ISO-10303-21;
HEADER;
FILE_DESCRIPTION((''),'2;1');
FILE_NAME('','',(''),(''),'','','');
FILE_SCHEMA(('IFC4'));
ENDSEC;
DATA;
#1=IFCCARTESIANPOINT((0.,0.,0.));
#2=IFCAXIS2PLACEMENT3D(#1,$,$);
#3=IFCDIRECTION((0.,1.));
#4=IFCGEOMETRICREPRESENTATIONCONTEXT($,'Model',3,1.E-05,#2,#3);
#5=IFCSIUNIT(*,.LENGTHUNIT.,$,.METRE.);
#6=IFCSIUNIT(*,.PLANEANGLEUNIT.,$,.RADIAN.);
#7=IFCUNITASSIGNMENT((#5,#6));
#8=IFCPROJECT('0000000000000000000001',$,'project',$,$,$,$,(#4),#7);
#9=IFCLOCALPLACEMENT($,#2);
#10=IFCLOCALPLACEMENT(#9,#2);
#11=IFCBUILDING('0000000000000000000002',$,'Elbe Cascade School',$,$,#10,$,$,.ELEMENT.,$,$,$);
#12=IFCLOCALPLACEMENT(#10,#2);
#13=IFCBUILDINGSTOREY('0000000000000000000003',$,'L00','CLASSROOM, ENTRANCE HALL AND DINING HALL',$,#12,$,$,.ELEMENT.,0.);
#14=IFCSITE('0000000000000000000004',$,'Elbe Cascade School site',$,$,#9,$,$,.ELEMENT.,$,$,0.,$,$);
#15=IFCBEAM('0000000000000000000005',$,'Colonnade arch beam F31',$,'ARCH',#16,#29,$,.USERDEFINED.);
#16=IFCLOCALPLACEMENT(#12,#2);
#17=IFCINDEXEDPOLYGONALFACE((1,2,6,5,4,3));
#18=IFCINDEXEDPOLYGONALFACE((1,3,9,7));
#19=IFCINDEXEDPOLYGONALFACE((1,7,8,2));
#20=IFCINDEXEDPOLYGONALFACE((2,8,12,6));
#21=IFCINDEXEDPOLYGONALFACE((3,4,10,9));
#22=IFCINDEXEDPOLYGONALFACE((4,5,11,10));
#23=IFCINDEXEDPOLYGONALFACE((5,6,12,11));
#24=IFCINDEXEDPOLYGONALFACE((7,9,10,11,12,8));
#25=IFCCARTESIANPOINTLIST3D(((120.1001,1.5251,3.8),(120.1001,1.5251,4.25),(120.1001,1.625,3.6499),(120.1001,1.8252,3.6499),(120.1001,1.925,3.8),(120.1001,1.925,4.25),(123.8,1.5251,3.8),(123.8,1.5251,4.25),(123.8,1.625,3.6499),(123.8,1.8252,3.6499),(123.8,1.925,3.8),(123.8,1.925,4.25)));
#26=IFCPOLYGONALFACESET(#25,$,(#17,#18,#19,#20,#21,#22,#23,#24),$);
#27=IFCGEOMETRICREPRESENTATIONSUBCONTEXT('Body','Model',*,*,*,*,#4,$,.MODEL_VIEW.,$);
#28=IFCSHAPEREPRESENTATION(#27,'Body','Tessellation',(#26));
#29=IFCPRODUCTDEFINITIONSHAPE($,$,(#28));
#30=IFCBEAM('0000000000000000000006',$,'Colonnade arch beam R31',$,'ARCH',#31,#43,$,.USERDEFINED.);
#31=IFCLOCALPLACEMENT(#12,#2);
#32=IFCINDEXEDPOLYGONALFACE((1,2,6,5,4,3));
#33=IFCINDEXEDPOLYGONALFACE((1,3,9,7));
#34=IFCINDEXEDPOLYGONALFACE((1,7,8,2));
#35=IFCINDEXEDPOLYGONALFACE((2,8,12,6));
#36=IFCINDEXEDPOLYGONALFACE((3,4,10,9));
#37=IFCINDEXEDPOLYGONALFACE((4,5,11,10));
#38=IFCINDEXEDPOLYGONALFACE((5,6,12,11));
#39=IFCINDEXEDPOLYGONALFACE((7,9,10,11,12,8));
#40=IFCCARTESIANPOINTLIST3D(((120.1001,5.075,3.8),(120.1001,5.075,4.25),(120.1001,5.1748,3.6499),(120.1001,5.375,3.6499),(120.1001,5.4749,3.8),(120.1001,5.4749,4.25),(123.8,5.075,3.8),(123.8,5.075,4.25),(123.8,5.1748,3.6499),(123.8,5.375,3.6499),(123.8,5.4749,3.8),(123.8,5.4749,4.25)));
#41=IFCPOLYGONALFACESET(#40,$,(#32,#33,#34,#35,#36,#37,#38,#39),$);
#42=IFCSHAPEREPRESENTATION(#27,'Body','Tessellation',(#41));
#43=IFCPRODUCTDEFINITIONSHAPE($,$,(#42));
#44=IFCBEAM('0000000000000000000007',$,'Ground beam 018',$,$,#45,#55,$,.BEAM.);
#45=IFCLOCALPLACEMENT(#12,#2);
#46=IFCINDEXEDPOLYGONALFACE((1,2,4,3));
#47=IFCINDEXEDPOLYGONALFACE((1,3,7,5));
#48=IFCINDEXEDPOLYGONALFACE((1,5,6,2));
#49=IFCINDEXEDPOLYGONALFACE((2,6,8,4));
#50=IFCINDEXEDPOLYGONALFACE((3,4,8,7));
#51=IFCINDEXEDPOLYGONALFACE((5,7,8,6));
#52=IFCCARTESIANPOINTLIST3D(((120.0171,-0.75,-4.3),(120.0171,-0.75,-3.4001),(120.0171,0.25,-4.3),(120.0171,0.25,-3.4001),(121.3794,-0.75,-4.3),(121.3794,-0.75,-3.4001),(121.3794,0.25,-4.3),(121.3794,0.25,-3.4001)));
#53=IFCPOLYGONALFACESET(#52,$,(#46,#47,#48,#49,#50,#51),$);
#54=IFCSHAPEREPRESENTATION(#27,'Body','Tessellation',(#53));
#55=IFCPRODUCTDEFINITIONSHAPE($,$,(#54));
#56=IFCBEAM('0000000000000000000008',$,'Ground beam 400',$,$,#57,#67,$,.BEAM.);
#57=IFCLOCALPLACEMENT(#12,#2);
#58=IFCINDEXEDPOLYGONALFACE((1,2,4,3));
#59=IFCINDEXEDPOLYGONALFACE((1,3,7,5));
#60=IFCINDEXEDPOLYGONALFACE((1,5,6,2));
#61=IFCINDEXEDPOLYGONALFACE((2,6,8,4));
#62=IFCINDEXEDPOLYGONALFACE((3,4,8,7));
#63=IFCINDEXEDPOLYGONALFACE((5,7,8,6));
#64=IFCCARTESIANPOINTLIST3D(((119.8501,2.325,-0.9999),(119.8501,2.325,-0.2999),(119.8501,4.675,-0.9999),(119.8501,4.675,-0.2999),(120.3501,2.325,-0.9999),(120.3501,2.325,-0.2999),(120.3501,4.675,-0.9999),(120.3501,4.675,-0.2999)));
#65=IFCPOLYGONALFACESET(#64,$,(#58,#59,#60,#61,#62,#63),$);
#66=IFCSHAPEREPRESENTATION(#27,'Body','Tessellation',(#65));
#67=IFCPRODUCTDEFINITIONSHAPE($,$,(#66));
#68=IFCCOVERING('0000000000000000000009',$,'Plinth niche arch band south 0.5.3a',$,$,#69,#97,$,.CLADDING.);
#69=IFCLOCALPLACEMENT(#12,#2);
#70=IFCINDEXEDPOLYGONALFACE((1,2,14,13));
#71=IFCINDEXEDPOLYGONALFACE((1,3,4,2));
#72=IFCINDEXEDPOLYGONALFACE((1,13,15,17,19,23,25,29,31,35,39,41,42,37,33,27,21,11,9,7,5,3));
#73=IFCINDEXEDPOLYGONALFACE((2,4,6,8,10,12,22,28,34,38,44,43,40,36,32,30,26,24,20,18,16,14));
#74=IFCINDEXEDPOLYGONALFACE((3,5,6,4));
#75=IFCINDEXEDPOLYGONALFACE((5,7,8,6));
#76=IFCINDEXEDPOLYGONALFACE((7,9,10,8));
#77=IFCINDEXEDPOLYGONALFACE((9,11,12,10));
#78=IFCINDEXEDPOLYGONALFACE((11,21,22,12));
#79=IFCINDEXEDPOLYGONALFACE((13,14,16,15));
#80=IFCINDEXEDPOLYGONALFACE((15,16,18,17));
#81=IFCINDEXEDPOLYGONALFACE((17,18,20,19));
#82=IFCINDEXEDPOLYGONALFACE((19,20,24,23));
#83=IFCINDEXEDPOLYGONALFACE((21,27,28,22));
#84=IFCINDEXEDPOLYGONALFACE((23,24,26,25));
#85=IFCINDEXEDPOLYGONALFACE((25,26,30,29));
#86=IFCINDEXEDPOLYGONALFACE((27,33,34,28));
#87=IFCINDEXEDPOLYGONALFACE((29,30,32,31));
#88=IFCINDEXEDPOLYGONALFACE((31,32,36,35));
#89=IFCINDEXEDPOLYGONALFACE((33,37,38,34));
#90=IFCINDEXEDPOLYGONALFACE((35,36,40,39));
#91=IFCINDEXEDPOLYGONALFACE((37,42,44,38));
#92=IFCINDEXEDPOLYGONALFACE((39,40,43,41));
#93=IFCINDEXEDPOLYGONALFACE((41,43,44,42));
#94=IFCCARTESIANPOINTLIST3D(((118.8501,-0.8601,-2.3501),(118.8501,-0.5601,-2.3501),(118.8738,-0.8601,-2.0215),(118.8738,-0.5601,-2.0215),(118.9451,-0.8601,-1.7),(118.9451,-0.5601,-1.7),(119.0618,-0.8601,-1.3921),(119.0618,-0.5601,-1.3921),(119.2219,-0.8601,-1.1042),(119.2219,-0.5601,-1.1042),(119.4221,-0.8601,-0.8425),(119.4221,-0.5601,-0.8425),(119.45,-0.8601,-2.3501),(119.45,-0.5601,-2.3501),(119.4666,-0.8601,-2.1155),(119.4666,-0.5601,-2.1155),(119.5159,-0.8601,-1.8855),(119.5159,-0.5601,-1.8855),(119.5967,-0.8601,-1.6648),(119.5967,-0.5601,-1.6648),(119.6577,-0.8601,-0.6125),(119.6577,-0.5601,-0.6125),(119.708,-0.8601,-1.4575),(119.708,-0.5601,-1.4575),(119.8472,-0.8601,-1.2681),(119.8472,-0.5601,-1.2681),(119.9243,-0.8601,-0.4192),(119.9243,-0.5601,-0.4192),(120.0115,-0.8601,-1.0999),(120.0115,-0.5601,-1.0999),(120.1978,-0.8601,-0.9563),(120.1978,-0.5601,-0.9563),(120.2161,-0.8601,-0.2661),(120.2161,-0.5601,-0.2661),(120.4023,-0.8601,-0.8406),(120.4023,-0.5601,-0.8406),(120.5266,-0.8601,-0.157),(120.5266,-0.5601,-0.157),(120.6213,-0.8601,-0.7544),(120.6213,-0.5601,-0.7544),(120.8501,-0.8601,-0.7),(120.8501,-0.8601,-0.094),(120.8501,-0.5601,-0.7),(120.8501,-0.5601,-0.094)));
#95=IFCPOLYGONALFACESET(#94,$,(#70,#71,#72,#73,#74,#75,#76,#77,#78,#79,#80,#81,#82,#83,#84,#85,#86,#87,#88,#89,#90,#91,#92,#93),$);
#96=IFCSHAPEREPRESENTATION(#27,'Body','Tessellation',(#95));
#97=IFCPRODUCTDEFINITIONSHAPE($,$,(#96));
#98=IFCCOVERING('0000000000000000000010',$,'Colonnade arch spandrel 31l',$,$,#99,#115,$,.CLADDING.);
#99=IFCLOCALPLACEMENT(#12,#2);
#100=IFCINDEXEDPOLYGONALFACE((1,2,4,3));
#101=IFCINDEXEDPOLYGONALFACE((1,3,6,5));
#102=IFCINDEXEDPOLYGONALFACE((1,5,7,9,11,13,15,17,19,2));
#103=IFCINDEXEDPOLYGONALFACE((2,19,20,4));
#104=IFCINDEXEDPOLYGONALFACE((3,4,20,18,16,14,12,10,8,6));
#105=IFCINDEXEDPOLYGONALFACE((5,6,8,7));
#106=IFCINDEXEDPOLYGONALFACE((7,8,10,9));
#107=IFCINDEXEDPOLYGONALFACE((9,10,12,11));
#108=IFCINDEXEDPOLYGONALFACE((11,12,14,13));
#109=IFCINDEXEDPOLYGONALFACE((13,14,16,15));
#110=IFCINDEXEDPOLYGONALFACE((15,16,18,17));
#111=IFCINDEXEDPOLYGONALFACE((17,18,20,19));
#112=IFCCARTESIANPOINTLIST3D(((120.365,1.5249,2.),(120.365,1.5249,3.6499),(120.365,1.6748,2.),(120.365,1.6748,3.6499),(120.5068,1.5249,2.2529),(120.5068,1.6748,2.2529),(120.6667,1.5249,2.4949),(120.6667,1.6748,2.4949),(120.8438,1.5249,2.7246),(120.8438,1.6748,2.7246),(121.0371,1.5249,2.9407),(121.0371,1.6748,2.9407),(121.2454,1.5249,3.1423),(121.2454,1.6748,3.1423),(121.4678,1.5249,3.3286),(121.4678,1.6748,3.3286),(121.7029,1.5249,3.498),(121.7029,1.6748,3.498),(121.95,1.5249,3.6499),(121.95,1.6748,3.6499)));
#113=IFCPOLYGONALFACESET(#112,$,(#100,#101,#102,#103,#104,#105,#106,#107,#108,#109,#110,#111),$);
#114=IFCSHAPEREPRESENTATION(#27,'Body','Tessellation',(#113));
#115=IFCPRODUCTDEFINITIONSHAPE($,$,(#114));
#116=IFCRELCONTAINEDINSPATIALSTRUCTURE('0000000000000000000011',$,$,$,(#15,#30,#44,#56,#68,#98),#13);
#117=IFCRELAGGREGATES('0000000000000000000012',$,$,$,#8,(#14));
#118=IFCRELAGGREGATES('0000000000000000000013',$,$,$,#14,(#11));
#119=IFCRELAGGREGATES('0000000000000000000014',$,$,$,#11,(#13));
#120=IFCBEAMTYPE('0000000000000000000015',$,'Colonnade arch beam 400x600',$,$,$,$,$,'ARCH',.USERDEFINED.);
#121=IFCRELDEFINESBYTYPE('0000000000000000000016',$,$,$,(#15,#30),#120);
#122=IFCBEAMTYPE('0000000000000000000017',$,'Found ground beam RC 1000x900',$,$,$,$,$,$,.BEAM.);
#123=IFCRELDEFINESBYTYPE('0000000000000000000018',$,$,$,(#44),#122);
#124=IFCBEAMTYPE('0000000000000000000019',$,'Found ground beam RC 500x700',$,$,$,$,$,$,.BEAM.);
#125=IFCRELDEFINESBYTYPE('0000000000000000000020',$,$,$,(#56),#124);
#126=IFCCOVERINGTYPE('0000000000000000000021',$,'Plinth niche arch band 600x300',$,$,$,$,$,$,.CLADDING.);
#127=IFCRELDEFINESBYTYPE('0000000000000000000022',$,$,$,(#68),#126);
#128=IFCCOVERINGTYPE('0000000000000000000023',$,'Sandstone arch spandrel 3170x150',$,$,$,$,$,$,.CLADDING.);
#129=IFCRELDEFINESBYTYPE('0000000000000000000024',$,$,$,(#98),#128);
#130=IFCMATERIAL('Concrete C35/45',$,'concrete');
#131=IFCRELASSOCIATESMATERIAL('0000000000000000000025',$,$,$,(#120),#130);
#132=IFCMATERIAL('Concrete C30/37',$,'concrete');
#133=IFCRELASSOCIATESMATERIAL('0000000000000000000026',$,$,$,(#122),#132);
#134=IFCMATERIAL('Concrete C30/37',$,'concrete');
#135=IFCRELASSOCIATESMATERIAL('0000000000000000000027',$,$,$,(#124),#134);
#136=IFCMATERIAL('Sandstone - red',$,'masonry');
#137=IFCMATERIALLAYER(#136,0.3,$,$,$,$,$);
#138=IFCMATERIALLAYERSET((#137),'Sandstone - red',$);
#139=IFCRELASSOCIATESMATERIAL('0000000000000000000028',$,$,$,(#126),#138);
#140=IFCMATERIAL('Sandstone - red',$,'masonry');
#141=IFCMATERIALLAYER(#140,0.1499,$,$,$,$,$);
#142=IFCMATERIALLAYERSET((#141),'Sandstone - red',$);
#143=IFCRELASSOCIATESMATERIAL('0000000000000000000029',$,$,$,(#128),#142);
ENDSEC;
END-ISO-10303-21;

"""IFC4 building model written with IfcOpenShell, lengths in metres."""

from ifc_helpers import new_model, si_unit, direction, frame, origin, origin_2d, place, context, subcontext, project, spatial, polyline, rectangle, outline, extrude, material, layer, layer_set, material_profile, profile_set, type_object, element, save


model = new_model("IFC4")

# Units and contexts
model_context = context("Model", 3, precision=1e-05, world=origin(), true_north=direction((0.0, 1.0)))
body_context = subcontext(model_context, "Body", "Model", "MODEL_VIEW")
ifc_project = project(units=[si_unit("LENGTHUNIT", "METRE"), si_unit("PLANEANGLEUNIT", "RADIAN")], contexts=[model_context])

# Site, building, storey
site_placement = place(None, origin())
site = spatial("IfcSite", under=ifc_project, at=site_placement, Name="Elbe Cascade School site", CompositionType="ELEMENT", RefElevation=0.0)
building_placement = place(site_placement, origin())
building = spatial("IfcBuilding", under=site, at=building_placement, Name="Elbe Cascade School", CompositionType="ELEMENT")
storey_placement = place(building_placement, origin())
storey = spatial("IfcBuildingStorey", under=building, at=storey_placement, Name="L00", Description="CLASSROOM, ENTRANCE HALL AND DINING HALL", CompositionType="ELEMENT", Elevation=0.0)

# Beams
ifc_material_1 = material(Name="Concrete C35/45", Category="concrete")
ifc_material_profile_1 = material_profile(ifc_material_1, outline(polyline([(-0.2, 0.3), (0.2, 0.3), (0.2, -0.1499), (0.1001, -0.3), (-0.1001, -0.3), (-0.2, -0.1499), (-0.2, 0.3)])), Name="RC arch 400x600")
ifc_profile_set_1 = profile_set([ifc_material_profile_1], Name="Concrete C35/45")
beam_type_1 = type_object("IfcBeamType", Name="Colonnade arch beam 400x600", ElementType="ARCH", PredefinedType="USERDEFINED", material=ifc_profile_set_1)
for number, where, z_axis, x_axis, name in (
    (1, (120.1001, 1.7251, 3.95), (1.0, 0.0, 0.0), (0.0, 1.0, 0.0), "Colonnade arch beam F31"),
    (2, (120.1001, 5.2749, 3.95), (1.0, 0.0, 0.0), (0.0, 1.0, 0.0), "Colonnade arch beam R31"),
):
    element("IfcBeam", number, at=place(storey_placement, frame(where, z_axis=z_axis, x_axis=x_axis)), inside=storey, type_object=beam_type_1, Name=name, ObjectType="ARCH", PredefinedType="USERDEFINED", context=body_context, shape_type="SweptSolid", body=[
        extrude(outline(polyline([(-0.2, 0.3), (0.2, 0.3), (0.2, -0.1499), (0.1001, -0.3), (-0.1001, -0.3), (-0.2, -0.1499), (-0.2, 0.3)])), origin(), (0.0, 0.0, 1.0), 3.7),
    ])
ifc_material_2 = material(Name="Concrete C30/37", Category="concrete")
ifc_material_profile_2 = material_profile(ifc_material_2, rectangle(XDim=1.0, YDim=0.8999, at=origin_2d()), Name="RC 1000x900")
ifc_profile_set_2 = profile_set([ifc_material_profile_2], Name="Concrete C30/37")
beam_type_2 = type_object("IfcBeamType", Name="Found ground beam RC 1000x900", PredefinedType="BEAM", material=ifc_profile_set_2)
beam_1_placement = place(storey_placement, frame((120.0171, -0.25, -3.8501), z_axis=(1.0, 0.0, 0.0), x_axis=(0.0, 1.0, 0.0)))
element("IfcBeam", 3, at=beam_1_placement, inside=storey, type_object=beam_type_2, Name="Ground beam 018", PredefinedType="BEAM", context=body_context, shape_type="SweptSolid", body=[
    extrude(rectangle(XDim=1.0, YDim=0.8999, at=origin_2d()), origin(), (0.0, 0.0, 1.0), 1.3623),
])
ifc_material_3 = material(Name="Concrete C30/37", Category="concrete")
ifc_material_profile_3 = material_profile(ifc_material_3, rectangle(XDim=0.5, YDim=0.7, at=origin_2d()), Name="RC 500x700")
ifc_profile_set_3 = profile_set([ifc_material_profile_3], Name="Concrete C30/37")
beam_type_3 = type_object("IfcBeamType", Name="Found ground beam RC 500x700", PredefinedType="BEAM", material=ifc_profile_set_3)
beam_2_placement = place(storey_placement, frame((120.1001, 2.325, -0.6499), z_axis=(0.0, 1.0, 0.0), x_axis=(-1.0, 0.0, 0.0)))
element("IfcBeam", 4, at=beam_2_placement, inside=storey, type_object=beam_type_3, Name="Ground beam 400", PredefinedType="BEAM", context=body_context, shape_type="SweptSolid", body=[
    extrude(rectangle(XDim=0.5, YDim=0.7, at=origin_2d()), origin(), (0.0, 0.0, 1.0), 2.3501),
])

# Coverings
ifc_material_4 = material(Name="Sandstone - red", Category="masonry")
ifc_layer_1 = layer(ifc_material_4, 0.3)
ifc_layer_set_1 = layer_set([ifc_layer_1], Name="Sandstone - red")
covering_type_1 = type_object("IfcCoveringType", Name="Plinth niche arch band 600x300", PredefinedType="CLADDING", material=ifc_layer_set_1)
covering_1_placement = place(storey_placement, frame((118.8501, -0.8601, -2.3501), z_axis=(0.0, -1.0, 0.0), x_axis=(1.0, 0.0, 0.0)))
element("IfcCovering", 5, at=covering_1_placement, inside=storey, type_object=covering_type_1, Name="Plinth niche arch band south 0.5.3a", PredefinedType="CLADDING", context=body_context, shape_type="SweptSolid", body=[
    extrude(outline(polyline([(0.0, 0.0), (0.5999, 0.0), (0.6165, 0.2346), (0.6658, 0.4646), (0.7466, 0.6853), (0.8579, 0.8926), (0.9971, 1.082), (1.1614, 1.2502), (1.3477, 1.3938), (1.5522, 1.5095), (1.7712, 1.5957), (2.0, 1.6501), (2.0, 2.2561), (1.6765, 2.1931), (1.366, 2.084), (1.0742, 1.9309), (0.8076, 1.7375), (0.572, 1.5076), (0.3718, 1.2458), (0.2117, 0.958), (0.095, 0.6501), (0.0237, 0.3286), (0.0, 0.0)])), origin(), (0.0, 0.0, -1.0), 0.3),
])
ifc_material_5 = material(Name="Sandstone - red", Category="masonry")
ifc_layer_2 = layer(ifc_material_5, 0.1499)
ifc_layer_set_2 = layer_set([ifc_layer_2], Name="Sandstone - red")
covering_type_2 = type_object("IfcCoveringType", Name="Sandstone arch spandrel 3170x150", PredefinedType="CLADDING", material=ifc_layer_set_2)
covering_2_placement = place(storey_placement, frame((120.365, 1.5249, 3.6499), z_axis=(0.0, -1.0, 0.0), x_axis=(0.0, 0.0, -1.0)))
element("IfcCovering", 6, at=covering_2_placement, inside=storey, type_object=covering_type_2, Name="Colonnade arch spandrel 31l", PredefinedType="CLADDING", context=body_context, shape_type="SweptSolid", body=[
    extrude(outline(polyline([(0.0, 0.0), (1.6499, 0.0), (1.397, 0.1418), (1.155, 0.3018), (0.9253, 0.4788), (0.7092, 0.6721), (0.5076, 0.8804), (0.3213, 1.1028), (0.1519, 1.3379), (0.0, 1.585), (0.0, 0.0)])), origin(), (0.0, 0.0, -1.0), 0.1499),
])

save(model, "model.ifc")
